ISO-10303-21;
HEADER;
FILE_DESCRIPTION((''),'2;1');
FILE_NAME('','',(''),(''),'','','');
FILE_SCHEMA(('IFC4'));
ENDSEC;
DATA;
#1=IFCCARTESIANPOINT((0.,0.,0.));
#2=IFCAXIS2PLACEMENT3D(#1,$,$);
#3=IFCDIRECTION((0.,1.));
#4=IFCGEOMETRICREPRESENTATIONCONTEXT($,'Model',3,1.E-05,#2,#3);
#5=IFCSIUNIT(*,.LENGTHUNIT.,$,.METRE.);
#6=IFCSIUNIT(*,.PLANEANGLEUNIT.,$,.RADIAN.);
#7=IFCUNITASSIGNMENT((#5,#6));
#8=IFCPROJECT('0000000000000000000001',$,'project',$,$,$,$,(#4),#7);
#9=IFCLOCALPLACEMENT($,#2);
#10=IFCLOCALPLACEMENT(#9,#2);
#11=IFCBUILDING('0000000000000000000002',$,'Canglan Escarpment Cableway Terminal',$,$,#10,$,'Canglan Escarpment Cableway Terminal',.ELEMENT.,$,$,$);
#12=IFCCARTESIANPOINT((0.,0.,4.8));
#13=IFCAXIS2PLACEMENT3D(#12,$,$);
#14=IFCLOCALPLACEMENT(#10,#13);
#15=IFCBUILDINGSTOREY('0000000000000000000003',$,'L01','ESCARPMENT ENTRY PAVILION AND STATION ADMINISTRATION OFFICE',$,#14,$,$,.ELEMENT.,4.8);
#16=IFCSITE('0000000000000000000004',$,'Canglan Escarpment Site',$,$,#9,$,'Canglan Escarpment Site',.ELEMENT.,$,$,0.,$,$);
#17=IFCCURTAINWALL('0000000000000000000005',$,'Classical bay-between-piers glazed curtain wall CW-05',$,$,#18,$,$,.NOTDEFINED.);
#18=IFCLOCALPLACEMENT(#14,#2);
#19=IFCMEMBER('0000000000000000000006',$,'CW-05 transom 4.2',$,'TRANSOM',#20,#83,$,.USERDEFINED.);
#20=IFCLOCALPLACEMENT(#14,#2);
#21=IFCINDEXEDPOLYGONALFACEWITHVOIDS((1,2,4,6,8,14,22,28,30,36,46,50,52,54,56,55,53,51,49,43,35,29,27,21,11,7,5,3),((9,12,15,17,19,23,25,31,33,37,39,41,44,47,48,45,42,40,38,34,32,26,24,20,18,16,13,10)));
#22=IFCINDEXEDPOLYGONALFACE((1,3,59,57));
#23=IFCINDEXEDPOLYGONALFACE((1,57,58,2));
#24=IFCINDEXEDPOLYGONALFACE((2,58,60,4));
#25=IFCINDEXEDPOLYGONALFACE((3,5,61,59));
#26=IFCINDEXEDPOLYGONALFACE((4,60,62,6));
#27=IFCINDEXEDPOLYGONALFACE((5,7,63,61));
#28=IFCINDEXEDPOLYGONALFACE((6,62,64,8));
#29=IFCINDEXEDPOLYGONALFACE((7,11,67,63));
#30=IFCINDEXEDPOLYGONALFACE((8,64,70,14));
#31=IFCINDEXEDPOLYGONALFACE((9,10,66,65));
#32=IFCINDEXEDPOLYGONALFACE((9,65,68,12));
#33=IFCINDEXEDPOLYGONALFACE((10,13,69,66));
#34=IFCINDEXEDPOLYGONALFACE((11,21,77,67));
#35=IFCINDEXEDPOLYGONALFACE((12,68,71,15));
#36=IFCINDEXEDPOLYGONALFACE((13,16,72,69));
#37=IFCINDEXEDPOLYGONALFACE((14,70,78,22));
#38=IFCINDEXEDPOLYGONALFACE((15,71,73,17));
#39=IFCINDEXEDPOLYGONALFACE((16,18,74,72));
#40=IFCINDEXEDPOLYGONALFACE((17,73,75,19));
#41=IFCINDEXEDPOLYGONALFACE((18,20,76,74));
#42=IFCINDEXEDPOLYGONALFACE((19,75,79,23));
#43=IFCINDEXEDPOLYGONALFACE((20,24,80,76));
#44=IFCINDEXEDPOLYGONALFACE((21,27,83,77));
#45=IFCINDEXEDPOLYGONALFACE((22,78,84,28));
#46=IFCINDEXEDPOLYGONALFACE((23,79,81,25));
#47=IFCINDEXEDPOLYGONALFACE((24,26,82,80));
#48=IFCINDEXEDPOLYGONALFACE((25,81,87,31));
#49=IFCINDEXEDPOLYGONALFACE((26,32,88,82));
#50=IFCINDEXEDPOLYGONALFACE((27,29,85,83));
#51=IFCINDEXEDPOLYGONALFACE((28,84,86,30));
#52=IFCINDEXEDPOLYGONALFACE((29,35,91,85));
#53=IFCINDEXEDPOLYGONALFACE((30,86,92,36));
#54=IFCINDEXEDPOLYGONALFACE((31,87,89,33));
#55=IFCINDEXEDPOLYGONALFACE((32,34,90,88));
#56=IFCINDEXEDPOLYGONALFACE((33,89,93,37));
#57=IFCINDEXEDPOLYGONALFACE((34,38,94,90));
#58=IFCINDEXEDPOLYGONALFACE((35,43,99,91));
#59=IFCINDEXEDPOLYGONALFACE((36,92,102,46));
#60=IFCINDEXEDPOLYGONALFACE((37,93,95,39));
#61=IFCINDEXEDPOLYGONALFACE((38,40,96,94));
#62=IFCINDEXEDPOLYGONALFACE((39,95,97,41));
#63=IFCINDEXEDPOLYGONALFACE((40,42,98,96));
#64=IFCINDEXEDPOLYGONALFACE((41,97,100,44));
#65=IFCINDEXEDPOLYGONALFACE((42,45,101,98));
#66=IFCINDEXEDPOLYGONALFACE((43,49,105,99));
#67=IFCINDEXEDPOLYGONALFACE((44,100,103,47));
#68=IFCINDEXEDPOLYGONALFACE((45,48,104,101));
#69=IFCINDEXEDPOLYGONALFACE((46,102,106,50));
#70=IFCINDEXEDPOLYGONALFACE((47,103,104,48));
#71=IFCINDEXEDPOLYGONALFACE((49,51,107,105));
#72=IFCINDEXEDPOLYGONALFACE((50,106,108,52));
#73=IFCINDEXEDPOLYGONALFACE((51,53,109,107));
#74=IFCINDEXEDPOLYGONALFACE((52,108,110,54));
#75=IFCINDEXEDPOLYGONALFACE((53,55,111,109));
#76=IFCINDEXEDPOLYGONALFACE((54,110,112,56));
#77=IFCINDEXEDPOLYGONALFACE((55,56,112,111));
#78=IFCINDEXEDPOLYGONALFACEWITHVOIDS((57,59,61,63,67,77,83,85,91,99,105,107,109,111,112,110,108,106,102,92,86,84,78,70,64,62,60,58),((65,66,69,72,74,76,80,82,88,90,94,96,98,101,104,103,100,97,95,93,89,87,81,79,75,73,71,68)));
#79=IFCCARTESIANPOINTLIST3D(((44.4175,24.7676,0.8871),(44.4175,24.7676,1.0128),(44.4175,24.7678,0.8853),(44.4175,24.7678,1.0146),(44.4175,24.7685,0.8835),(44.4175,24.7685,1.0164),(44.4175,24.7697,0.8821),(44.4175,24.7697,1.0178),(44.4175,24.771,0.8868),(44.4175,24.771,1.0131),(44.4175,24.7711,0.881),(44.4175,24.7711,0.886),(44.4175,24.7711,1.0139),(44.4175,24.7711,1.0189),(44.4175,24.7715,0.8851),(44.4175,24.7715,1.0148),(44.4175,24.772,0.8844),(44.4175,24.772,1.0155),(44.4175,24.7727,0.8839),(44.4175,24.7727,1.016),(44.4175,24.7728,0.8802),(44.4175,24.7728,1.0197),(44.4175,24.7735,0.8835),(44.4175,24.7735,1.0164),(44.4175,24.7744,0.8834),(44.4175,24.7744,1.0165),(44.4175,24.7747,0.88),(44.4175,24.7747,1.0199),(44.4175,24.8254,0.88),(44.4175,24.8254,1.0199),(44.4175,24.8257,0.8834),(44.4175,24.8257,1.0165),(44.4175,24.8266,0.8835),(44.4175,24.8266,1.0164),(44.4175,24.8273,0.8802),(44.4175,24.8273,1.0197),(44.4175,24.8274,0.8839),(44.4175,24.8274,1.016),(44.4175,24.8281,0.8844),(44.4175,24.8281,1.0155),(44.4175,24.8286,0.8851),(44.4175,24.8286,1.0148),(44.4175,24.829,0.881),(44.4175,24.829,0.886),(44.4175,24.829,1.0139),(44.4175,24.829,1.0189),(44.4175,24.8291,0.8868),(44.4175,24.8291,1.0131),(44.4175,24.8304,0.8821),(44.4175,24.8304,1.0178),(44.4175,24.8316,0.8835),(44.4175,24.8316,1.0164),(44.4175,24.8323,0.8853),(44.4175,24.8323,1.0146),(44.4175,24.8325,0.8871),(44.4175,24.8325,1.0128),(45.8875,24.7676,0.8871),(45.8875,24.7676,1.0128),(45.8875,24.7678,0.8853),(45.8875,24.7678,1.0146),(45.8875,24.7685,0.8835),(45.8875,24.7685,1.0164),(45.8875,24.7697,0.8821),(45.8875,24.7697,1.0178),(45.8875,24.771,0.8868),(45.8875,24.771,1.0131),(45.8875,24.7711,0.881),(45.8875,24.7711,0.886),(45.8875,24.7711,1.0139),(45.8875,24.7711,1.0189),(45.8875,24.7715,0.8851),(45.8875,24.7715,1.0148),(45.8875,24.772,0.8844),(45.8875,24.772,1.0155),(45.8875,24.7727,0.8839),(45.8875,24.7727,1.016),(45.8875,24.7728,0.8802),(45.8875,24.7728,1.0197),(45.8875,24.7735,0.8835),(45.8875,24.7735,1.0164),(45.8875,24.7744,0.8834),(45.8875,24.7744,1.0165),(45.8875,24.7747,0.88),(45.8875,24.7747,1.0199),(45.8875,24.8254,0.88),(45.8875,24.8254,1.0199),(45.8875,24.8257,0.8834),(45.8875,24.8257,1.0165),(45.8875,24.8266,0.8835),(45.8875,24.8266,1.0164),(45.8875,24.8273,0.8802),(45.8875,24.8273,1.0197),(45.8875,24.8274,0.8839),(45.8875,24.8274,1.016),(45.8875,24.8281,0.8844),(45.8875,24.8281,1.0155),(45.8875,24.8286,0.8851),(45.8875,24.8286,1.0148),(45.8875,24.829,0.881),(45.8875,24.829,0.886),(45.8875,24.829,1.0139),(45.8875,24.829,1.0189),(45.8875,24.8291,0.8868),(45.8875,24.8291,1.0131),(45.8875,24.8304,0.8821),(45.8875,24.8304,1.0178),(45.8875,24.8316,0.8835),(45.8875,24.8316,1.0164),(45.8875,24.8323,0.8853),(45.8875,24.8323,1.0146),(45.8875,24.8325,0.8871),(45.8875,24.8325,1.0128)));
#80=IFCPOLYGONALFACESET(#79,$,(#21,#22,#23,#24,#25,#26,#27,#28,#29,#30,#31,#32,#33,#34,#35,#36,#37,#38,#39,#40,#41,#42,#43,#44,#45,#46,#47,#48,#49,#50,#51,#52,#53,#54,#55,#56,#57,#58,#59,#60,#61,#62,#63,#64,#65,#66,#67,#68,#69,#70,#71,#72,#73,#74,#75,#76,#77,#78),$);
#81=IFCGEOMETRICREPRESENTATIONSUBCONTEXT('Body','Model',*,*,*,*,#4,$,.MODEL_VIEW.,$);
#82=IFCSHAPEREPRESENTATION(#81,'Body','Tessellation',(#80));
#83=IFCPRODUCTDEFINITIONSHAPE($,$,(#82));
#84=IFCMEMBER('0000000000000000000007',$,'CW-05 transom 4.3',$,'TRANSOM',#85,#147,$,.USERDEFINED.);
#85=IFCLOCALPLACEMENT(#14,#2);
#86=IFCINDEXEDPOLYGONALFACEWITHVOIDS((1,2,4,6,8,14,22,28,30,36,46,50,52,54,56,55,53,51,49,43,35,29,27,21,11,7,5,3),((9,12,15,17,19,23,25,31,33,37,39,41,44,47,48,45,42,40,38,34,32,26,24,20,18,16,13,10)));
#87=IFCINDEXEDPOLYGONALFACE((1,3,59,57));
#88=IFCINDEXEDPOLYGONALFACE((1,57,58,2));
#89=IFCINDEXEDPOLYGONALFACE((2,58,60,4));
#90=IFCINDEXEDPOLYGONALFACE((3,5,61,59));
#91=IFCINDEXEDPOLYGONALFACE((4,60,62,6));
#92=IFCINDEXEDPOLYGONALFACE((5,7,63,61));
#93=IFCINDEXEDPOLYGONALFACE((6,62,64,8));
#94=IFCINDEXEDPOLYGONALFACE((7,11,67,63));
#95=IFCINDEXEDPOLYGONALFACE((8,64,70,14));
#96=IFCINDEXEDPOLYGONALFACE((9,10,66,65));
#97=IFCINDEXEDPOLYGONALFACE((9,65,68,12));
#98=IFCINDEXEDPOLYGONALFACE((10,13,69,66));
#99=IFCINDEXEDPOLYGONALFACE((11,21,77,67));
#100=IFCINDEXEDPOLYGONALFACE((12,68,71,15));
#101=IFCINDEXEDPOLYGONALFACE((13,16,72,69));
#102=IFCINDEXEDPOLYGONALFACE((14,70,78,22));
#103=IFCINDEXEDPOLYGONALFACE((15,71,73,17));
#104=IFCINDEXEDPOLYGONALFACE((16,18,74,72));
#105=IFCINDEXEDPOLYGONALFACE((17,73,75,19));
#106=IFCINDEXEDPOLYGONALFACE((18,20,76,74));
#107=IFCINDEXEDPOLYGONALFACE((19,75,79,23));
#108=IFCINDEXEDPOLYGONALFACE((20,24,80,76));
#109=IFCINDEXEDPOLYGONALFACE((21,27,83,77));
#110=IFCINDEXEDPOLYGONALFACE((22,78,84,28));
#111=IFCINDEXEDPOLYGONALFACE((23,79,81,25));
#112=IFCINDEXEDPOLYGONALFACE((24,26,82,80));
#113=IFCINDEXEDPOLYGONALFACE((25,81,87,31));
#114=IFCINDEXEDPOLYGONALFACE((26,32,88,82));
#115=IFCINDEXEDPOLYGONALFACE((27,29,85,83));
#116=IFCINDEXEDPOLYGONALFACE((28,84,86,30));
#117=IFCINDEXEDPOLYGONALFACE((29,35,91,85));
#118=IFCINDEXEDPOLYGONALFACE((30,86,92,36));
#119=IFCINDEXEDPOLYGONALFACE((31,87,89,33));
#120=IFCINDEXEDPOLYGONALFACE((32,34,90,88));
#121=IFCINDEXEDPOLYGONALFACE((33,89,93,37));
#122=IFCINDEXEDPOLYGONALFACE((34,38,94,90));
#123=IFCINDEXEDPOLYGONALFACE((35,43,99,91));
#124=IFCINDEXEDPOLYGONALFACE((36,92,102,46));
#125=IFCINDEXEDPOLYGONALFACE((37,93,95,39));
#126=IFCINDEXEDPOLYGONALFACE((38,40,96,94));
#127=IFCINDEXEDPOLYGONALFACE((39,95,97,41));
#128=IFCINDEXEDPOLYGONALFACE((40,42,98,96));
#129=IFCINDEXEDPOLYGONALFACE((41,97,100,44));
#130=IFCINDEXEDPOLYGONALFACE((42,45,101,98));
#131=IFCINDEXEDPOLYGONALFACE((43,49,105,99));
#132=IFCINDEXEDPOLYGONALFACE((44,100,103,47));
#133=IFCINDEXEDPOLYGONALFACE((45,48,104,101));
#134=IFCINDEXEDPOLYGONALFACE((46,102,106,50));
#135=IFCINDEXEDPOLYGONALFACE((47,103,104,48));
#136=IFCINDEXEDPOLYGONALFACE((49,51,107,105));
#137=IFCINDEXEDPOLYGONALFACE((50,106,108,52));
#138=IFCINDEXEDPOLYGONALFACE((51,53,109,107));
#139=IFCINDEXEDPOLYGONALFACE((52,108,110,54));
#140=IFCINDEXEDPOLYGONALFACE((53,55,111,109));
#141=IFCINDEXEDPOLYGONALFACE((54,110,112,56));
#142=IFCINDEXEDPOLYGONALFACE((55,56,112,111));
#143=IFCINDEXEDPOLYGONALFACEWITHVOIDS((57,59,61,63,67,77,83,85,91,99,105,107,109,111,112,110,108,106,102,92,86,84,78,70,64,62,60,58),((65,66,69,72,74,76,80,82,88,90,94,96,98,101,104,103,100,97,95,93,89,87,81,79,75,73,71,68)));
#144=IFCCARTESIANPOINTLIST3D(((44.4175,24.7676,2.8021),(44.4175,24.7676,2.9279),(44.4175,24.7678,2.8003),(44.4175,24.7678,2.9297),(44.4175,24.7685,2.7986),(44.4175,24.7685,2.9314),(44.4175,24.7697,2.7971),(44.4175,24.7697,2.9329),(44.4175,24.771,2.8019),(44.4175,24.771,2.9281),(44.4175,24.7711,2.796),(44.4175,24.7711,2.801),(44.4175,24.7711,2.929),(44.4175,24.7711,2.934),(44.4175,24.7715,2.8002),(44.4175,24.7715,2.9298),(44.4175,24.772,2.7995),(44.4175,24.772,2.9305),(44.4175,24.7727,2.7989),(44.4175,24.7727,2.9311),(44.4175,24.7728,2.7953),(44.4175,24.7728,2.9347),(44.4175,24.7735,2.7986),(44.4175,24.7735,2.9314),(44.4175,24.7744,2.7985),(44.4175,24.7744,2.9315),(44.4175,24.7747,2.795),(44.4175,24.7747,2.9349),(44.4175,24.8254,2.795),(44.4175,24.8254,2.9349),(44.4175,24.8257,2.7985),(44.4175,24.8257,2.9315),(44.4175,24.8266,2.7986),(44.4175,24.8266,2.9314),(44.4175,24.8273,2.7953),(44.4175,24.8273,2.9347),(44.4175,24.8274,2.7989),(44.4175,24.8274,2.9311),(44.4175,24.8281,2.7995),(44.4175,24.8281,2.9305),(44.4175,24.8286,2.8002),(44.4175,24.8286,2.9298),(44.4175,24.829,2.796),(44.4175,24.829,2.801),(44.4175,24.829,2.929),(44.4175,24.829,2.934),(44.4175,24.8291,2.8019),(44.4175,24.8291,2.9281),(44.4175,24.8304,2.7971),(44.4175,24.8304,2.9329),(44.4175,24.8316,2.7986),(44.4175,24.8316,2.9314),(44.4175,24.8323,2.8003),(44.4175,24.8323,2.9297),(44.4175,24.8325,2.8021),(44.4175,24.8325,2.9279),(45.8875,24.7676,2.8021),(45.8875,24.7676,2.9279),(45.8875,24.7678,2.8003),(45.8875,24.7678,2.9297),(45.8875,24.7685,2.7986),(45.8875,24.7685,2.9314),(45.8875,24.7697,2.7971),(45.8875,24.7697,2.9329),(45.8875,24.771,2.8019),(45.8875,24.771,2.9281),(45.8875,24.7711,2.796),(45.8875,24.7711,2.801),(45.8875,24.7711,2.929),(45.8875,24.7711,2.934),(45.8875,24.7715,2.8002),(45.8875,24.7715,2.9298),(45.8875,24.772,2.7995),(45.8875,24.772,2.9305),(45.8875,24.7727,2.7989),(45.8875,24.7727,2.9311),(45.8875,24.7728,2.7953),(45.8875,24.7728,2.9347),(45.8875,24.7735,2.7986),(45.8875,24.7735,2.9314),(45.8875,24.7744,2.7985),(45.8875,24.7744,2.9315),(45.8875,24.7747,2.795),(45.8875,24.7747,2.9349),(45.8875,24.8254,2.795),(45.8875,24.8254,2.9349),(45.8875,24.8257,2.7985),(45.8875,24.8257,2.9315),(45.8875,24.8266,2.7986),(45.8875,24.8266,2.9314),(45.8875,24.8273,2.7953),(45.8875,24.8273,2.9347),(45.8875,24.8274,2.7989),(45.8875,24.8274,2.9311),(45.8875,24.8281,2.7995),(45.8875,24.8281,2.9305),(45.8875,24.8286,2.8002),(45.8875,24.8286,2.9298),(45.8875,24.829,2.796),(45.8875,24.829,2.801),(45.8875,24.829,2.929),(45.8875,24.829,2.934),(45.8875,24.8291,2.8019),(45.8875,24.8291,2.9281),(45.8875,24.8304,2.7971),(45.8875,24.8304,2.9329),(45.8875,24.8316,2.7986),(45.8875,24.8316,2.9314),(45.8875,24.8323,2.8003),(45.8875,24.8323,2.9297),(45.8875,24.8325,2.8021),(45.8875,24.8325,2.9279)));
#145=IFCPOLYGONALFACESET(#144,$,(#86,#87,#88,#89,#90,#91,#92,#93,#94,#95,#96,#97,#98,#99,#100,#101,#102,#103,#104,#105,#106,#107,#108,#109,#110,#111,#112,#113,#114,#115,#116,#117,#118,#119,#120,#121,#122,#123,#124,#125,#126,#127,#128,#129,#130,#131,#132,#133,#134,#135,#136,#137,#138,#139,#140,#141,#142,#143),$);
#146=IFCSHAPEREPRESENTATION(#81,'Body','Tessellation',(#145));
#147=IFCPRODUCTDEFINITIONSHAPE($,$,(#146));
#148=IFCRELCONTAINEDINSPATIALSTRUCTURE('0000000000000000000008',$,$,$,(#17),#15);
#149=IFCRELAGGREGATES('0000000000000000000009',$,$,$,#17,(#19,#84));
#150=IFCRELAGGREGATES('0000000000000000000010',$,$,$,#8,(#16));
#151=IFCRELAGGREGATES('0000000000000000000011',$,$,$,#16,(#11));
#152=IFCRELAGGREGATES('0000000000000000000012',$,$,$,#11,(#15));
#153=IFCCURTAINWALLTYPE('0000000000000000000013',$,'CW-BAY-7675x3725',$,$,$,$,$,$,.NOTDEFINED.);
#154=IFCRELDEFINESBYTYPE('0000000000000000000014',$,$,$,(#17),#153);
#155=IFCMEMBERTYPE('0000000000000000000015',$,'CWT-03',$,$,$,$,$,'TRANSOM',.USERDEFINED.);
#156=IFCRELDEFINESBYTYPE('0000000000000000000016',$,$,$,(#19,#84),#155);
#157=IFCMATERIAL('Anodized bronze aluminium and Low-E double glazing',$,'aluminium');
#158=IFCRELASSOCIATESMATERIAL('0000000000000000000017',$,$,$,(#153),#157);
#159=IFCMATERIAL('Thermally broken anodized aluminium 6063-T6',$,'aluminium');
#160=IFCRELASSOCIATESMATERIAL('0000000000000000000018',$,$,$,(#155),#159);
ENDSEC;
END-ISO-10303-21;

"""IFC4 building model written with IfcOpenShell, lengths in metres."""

from ifc_helpers import new_model, si_unit, direction, frame, origin, origin_2d, place, context, subcontext, project, spatial, hollow_rectangle, extrude, material, material_profile, profile_set, type_object, element, aggregate, save


model = new_model("IFC4")

# Units and contexts
model_context = context("Model", 3, precision=1e-05, world=origin(), true_north=direction((0.0, 1.0)))
body_context = subcontext(model_context, "Body", "Model", "MODEL_VIEW")
ifc_project = project(units=[si_unit("LENGTHUNIT", "METRE"), si_unit("PLANEANGLEUNIT", "RADIAN")], contexts=[model_context])

# Site, building, storey
site_placement = place(None, origin())
site = spatial("IfcSite", under=ifc_project, at=site_placement, Name="Canglan Escarpment Site", LongName="Canglan Escarpment Site", CompositionType="ELEMENT", RefElevation=0.0)
building_placement = place(site_placement, origin())
building = spatial("IfcBuilding", under=site, at=building_placement, Name="Canglan Escarpment Cableway Terminal", LongName="Canglan Escarpment Cableway Terminal", CompositionType="ELEMENT")
storey_placement = place(building_placement, frame((0.0, 0.0, 4.8)))
storey = spatial("IfcBuildingStorey", under=building, at=storey_placement, Name="L01", Description="ESCARPMENT ENTRY PAVILION AND STATION ADMINISTRATION OFFICE", CompositionType="ELEMENT", Elevation=4.8)

# Curtain wall, members
ifc_material_1 = material(Name="Anodized bronze aluminium and Low-E double glazing", Category="aluminium")
curtain_wall_type = type_object("IfcCurtainWallType", Name="CW-BAY-7675x3725", PredefinedType="NOTDEFINED", material=ifc_material_1)
curtain_wall_placement = place(storey_placement, origin())
curtain_wall = element("IfcCurtainWall", 1, at=curtain_wall_placement, inside=storey, type_object=curtain_wall_type, Name="Classical bay-between-piers glazed curtain wall CW-05", PredefinedType="NOTDEFINED")
ifc_material_2 = material(Name="Thermally broken anodized aluminium 6063-T6", Category="aluminium")
ifc_material_profile_1 = material_profile(ifc_material_2, hollow_rectangle(XDim=0.0649, YDim=0.1399, WallThickness=0.0034, InnerFilletRadius=0.0034, OuterFilletRadius=0.0071, at=origin_2d()), Name="ALU-TRAN 65x140x3.5")
ifc_profile_set_1 = profile_set([ifc_material_profile_1], Name="Thermally broken anodized aluminium 6063-T6")
member_type_1 = type_object("IfcMemberType", Name="CWT-03", ElementType="TRANSOM", PredefinedType="USERDEFINED", material=ifc_profile_set_1)
member_1_placement = place(storey_placement, frame((45.8875, 24.8, 0.95), z_axis=(-1.0, 0.0, 0.0), x_axis=(0.0, -1.0, 0.0)))
member_1 = element("IfcMember", 2, at=member_1_placement, type_object=member_type_1, Name="CW-05 transom 4.2", ObjectType="TRANSOM", PredefinedType="USERDEFINED", context=body_context, shape_type="SweptSolid", body=[
    extrude(hollow_rectangle(XDim=0.0649, YDim=0.1399, WallThickness=0.0034, InnerFilletRadius=0.0034, OuterFilletRadius=0.0071, at=origin_2d()), origin(), (0.0, 0.0, 1.0), 1.47),
])
member_2_placement = place(storey_placement, frame((45.8875, 24.8, 2.865), z_axis=(-1.0, 0.0, 0.0), x_axis=(0.0, -1.0, 0.0)))
member_2 = element("IfcMember", 3, at=member_2_placement, type_object=member_type_1, Name="CW-05 transom 4.3", ObjectType="TRANSOM", PredefinedType="USERDEFINED", context=body_context, shape_type="SweptSolid", body=[
    extrude(hollow_rectangle(XDim=0.0649, YDim=0.1399, WallThickness=0.0034, InnerFilletRadius=0.0034, OuterFilletRadius=0.0071, at=origin_2d()), origin(), (0.0, 0.0, 1.0), 1.47),
])
aggregate(curtain_wall, [member_1, member_2])

save(model, "model.ifc")
